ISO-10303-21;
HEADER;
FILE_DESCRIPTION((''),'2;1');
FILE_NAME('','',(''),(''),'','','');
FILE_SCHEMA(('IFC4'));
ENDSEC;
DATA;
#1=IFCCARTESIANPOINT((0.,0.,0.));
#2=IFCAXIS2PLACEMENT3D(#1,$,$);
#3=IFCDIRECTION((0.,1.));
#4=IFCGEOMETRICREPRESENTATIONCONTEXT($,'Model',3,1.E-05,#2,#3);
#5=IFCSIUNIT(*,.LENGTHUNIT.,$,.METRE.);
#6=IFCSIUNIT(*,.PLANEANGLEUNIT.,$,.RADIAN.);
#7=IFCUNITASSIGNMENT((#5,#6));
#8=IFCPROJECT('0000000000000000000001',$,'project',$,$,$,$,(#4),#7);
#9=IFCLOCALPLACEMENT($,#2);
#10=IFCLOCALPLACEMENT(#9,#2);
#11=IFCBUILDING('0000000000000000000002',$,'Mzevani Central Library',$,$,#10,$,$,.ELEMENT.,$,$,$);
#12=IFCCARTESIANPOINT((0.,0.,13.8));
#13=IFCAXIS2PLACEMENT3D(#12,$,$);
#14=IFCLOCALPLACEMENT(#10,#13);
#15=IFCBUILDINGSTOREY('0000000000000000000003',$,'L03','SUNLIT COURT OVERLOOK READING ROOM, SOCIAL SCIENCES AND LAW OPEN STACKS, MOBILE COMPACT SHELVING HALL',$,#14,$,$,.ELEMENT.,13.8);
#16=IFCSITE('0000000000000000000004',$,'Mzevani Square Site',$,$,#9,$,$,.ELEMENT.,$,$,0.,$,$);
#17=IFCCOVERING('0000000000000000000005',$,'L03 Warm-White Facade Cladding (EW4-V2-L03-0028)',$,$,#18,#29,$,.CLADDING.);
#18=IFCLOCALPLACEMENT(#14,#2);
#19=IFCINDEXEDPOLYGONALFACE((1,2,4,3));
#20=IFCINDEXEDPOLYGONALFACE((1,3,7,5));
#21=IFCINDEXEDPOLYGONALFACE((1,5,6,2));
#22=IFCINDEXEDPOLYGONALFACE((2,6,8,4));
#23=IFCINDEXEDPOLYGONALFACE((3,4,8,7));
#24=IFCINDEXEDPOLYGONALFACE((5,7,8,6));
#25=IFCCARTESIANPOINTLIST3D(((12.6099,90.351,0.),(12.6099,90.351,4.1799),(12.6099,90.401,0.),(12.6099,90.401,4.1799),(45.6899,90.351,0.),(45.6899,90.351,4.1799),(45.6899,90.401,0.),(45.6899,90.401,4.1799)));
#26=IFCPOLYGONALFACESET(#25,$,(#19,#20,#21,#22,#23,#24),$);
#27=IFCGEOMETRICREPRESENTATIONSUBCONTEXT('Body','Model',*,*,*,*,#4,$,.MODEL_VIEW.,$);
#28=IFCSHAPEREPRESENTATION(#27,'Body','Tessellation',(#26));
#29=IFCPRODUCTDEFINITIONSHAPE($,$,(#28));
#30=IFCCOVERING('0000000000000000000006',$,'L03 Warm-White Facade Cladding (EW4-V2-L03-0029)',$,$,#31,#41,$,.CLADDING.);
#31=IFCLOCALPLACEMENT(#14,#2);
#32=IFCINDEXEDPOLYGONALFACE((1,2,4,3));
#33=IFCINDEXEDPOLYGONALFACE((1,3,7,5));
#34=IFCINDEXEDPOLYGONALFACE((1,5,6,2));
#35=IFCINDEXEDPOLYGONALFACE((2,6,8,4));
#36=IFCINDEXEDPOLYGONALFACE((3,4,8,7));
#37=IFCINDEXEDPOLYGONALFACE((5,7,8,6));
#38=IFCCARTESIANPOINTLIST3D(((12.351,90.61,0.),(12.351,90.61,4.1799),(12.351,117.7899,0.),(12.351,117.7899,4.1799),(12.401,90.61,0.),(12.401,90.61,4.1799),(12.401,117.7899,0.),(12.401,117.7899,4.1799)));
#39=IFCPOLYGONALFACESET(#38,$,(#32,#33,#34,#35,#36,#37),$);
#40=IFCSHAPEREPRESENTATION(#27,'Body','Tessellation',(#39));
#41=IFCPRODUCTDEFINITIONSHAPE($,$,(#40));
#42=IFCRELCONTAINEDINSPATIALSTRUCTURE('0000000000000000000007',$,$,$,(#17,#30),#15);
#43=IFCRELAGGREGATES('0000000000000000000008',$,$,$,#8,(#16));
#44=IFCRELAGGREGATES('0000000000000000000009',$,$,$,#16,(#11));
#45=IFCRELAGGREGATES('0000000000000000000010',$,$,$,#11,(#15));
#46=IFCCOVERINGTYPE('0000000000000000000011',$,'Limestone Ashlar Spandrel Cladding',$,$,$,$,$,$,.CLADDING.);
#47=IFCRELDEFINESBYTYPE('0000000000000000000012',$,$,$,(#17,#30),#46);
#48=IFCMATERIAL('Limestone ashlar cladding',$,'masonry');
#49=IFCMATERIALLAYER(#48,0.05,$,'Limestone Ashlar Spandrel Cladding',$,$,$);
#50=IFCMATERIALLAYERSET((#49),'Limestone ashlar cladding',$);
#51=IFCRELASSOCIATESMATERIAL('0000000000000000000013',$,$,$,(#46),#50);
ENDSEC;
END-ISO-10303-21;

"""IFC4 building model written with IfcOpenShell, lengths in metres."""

from ifc_helpers import new_model, si_unit, direction, frame, origin, origin_2d, place, context, subcontext, project, spatial, rectangle, extrude, material, layer, layer_set, type_object, element, save


model = new_model("IFC4")

# Units and contexts
model_context = context("Model", 3, precision=1e-05, world=origin(), true_north=direction((0.0, 1.0)))
body_context = subcontext(model_context, "Body", "Model", "MODEL_VIEW")
ifc_project = project(units=[si_unit("LENGTHUNIT", "METRE"), si_unit("PLANEANGLEUNIT", "RADIAN")], contexts=[model_context])

# Site, building, storey
site_placement = place(None, origin())
site = spatial("IfcSite", under=ifc_project, at=site_placement, Name="Mzevani Square Site", CompositionType="ELEMENT", RefElevation=0.0)
building_placement = place(site_placement, origin())
building = spatial("IfcBuilding", under=site, at=building_placement, Name="Mzevani Central Library", CompositionType="ELEMENT")
storey_placement = place(building_placement, frame((0.0, 0.0, 13.8)))
storey = spatial("IfcBuildingStorey", under=building, at=storey_placement, Name="L03", Description="SUNLIT COURT OVERLOOK READING ROOM, SOCIAL SCIENCES AND LAW OPEN STACKS, MOBILE COMPACT SHELVING HALL", CompositionType="ELEMENT", Elevation=13.8)

# Coverings
ifc_material_1 = material(Name="Limestone ashlar cladding", Category="masonry")
ifc_layer_1 = layer(ifc_material_1, 0.05, Name="Limestone Ashlar Spandrel Cladding")
ifc_layer_set_1 = layer_set([ifc_layer_1], Name="Limestone ashlar cladding")
covering_type = type_object("IfcCoveringType", Name="Limestone Ashlar Spandrel Cladding", PredefinedType="CLADDING", material=ifc_layer_set_1)
covering_1_placement = place(storey_placement, frame((29.1499, 90.376, 0.0), z_axis=(0.0, 0.0, 1.0), x_axis=(-1.0, 0.0, 0.0)))
element("IfcCovering", 1, at=covering_1_placement, inside=storey, type_object=covering_type, Name="L03 Warm-White Facade Cladding (EW4-V2-L03-0028)", PredefinedType="CLADDING", context=body_context, shape_type="SweptSolid", body=[
    extrude(rectangle(XDim=33.0801, YDim=0.05, at=origin_2d()), origin(), (0.0, 0.0, 1.0), 4.1799),
])
covering_2_placement = place(storey_placement, frame((12.376, 104.2, 0.0), z_axis=(0.0, 0.0, 1.0), x_axis=(0.0, 1.0, 0.0)))
element("IfcCovering", 2, at=covering_2_placement, inside=storey, type_object=covering_type, Name="L03 Warm-White Facade Cladding (EW4-V2-L03-0029)", PredefinedType="CLADDING", context=body_context, shape_type="SweptSolid", body=[
    extrude(rectangle(XDim=27.1799, YDim=0.05, at=origin_2d()), origin(), (0.0, 0.0, 1.0), 4.1799),
])

save(model, "model.ifc")
